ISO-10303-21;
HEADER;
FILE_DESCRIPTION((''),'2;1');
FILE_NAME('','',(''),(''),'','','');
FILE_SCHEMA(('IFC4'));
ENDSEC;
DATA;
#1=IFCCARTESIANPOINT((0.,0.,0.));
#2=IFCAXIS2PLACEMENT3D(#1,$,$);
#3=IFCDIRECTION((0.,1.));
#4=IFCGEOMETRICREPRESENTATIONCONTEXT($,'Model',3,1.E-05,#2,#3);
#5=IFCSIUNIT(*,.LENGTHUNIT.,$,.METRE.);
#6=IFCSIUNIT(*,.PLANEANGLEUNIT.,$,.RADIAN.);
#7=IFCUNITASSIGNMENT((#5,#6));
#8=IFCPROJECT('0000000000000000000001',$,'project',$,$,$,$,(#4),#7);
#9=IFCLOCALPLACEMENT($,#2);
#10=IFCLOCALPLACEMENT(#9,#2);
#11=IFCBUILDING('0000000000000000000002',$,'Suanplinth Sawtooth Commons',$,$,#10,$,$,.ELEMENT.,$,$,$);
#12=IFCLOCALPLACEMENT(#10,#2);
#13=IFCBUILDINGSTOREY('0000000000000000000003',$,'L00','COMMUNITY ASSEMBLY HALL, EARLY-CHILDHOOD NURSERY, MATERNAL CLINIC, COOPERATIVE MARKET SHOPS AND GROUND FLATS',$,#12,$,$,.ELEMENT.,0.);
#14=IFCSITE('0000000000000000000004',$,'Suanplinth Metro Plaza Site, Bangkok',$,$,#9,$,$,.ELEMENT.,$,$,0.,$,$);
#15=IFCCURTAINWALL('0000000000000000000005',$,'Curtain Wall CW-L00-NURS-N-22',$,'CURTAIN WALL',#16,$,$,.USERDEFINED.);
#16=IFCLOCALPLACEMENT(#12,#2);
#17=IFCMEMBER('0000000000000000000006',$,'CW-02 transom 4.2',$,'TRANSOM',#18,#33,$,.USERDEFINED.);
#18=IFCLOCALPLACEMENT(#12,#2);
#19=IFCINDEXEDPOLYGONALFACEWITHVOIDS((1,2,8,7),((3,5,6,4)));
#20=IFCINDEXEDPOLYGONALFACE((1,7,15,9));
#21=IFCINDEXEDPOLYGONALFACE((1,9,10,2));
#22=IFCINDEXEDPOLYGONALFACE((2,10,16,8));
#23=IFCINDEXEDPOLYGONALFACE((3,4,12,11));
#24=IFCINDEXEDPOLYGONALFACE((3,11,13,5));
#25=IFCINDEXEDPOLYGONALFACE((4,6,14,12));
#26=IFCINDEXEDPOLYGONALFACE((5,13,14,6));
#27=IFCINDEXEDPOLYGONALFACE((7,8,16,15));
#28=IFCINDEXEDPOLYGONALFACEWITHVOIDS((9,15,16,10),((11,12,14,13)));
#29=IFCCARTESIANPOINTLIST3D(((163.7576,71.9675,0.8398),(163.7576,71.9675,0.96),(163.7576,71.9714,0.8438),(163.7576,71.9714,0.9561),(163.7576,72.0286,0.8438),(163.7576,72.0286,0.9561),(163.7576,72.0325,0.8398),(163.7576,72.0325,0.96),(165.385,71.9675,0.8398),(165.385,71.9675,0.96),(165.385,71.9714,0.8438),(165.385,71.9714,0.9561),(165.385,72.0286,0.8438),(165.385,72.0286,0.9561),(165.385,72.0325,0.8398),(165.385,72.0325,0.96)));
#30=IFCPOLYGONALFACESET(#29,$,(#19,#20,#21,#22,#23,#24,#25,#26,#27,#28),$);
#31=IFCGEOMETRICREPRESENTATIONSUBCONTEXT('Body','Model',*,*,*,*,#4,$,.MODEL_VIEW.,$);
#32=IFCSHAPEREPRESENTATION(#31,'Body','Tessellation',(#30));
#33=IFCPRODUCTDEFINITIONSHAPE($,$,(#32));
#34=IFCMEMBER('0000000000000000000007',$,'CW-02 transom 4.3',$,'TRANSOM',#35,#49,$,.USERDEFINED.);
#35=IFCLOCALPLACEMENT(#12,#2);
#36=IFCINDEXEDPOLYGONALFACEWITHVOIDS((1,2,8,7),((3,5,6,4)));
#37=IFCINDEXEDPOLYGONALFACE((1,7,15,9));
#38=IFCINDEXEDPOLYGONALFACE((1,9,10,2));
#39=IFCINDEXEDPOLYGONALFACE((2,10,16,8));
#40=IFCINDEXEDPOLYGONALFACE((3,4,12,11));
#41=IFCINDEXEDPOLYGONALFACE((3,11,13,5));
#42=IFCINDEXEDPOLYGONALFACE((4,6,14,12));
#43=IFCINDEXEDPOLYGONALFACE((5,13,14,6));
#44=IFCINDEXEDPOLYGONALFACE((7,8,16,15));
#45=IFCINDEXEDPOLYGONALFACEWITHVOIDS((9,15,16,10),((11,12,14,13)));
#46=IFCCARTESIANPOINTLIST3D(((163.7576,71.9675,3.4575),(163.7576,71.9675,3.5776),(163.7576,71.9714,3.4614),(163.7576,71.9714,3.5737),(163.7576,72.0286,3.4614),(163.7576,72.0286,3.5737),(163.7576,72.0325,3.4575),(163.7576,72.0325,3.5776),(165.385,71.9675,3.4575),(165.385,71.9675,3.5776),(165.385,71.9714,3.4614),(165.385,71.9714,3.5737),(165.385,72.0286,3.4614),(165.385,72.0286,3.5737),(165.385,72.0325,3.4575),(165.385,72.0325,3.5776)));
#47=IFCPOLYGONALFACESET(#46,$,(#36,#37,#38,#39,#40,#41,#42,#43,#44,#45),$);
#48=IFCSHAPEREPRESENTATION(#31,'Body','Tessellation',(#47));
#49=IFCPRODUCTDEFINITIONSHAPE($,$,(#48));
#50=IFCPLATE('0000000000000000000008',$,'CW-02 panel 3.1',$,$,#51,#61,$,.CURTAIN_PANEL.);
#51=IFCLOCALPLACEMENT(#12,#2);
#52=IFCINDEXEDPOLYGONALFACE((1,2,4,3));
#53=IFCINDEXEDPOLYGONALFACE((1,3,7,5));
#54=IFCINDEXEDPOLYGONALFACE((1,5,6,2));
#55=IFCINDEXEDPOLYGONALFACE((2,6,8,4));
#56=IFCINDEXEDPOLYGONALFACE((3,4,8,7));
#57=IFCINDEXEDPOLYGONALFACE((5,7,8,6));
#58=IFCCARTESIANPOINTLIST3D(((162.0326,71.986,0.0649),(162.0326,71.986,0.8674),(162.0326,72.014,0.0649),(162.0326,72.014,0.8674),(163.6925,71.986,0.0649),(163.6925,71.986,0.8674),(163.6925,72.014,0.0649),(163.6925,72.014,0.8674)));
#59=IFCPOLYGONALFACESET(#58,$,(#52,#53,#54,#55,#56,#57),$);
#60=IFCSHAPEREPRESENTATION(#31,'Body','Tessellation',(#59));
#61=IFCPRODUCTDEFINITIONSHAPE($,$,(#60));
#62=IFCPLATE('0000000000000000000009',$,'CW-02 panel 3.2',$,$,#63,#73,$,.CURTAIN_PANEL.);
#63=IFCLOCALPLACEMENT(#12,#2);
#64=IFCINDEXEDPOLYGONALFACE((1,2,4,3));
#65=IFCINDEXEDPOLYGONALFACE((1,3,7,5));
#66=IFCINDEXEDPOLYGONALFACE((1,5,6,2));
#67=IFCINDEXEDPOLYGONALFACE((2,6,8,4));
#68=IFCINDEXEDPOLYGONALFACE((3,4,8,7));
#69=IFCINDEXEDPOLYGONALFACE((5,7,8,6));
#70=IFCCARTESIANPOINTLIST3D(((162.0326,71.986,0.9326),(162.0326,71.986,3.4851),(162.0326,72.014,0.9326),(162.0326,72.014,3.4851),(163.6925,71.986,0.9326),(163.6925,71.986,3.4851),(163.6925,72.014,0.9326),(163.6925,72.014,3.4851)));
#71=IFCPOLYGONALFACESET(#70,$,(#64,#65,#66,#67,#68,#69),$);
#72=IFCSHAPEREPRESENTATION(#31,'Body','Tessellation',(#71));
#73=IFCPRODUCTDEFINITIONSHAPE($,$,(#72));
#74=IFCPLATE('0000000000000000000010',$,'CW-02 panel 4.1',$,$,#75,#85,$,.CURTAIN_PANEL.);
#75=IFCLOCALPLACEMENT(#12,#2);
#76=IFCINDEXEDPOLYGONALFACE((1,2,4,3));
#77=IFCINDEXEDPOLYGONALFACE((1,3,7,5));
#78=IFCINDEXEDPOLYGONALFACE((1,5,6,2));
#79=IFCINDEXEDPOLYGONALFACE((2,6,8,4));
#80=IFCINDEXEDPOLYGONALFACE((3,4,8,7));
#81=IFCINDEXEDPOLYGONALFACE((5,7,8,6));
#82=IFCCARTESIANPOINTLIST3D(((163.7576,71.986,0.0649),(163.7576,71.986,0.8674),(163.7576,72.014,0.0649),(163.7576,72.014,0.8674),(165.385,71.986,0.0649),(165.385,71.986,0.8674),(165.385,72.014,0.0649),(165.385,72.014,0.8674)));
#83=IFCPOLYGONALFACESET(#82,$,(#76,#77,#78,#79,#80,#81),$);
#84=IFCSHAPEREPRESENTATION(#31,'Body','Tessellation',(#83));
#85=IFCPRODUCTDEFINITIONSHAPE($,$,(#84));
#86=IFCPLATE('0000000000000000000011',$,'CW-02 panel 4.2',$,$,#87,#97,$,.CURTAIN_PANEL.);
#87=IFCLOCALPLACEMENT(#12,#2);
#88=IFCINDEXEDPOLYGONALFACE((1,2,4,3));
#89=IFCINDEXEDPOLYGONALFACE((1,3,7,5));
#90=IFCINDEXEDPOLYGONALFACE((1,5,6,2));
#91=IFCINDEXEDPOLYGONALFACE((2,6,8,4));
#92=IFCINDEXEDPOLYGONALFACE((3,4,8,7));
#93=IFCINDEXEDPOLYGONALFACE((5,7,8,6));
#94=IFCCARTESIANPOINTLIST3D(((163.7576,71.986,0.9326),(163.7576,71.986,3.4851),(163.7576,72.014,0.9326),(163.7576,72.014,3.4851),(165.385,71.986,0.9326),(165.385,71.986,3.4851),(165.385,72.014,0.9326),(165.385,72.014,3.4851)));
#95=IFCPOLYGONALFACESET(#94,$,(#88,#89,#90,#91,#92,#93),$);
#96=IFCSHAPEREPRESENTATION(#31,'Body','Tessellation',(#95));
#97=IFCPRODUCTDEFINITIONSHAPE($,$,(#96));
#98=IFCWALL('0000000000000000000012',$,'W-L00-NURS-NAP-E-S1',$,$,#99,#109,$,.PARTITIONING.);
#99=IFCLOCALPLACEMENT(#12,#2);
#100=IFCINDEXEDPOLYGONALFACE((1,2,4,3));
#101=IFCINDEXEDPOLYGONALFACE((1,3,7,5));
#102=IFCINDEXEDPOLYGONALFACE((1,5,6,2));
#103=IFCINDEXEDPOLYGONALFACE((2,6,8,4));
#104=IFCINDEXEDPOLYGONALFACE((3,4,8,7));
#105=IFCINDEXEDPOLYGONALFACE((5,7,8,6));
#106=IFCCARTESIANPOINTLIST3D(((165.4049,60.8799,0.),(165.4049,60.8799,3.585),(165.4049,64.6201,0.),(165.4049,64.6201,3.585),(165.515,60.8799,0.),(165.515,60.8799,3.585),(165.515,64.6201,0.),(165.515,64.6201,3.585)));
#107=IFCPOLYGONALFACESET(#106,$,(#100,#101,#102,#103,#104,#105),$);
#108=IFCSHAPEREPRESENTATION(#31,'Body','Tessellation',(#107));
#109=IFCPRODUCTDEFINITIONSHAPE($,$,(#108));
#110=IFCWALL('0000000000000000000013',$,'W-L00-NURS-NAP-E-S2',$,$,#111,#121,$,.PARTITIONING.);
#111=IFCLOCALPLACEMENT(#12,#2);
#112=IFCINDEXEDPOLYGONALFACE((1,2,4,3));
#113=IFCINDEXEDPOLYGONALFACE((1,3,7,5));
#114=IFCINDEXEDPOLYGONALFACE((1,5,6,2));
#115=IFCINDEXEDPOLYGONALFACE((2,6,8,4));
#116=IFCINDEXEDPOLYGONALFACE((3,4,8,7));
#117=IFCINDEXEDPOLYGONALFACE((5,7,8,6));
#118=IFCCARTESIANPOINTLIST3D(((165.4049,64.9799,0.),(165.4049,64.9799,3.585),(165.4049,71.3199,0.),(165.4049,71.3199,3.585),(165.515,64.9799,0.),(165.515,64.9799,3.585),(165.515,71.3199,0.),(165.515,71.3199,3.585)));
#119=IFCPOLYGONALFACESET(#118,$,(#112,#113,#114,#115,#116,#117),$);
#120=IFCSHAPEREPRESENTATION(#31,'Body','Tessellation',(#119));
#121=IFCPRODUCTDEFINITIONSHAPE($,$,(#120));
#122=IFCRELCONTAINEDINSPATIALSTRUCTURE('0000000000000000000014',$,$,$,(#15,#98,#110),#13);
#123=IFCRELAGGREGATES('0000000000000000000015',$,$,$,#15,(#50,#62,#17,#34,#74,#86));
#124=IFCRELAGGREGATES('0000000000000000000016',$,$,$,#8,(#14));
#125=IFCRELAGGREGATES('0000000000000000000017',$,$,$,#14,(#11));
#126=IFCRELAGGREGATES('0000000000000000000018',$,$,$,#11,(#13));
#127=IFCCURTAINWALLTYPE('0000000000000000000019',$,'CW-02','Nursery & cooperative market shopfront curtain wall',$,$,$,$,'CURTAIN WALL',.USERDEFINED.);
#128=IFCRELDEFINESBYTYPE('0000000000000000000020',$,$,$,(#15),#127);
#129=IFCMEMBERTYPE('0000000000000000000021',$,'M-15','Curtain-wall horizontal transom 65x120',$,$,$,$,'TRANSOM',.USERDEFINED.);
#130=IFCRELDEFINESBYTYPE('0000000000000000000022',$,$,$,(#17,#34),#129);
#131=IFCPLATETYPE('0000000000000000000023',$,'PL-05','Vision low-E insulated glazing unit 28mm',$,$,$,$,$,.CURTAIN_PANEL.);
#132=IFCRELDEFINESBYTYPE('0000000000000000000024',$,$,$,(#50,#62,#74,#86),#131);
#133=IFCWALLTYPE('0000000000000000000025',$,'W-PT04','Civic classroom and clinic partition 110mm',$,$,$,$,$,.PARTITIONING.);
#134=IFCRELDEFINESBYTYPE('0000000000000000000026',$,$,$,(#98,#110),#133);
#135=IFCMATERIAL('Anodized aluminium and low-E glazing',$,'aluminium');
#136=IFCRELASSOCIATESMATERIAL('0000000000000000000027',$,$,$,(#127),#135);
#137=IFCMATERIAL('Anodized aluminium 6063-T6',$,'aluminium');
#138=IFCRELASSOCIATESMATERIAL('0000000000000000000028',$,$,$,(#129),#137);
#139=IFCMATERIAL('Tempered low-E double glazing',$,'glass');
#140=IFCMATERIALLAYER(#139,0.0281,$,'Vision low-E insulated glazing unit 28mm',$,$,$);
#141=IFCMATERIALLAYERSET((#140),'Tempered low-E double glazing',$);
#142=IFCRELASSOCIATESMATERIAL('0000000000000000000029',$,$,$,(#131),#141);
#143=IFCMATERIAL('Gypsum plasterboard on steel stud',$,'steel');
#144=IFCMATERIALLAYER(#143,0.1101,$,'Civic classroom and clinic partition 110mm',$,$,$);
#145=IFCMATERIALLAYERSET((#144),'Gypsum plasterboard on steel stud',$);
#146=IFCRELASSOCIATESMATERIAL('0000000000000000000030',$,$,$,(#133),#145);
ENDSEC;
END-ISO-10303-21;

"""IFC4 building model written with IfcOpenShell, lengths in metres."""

from ifc_helpers import new_model, si_unit, direction, frame, frame_2d, origin, origin_2d, place, context, subcontext, project, spatial, rectangle, hollow_rectangle, extrude, material, layer, layer_set, material_profile, profile_set, type_object, element, aggregate, save


model = new_model("IFC4")

# Units and contexts
model_context = context("Model", 3, precision=1e-05, world=origin(), true_north=direction((0.0, 1.0)))
body_context = subcontext(model_context, "Body", "Model", "MODEL_VIEW")
ifc_project = project(units=[si_unit("LENGTHUNIT", "METRE"), si_unit("PLANEANGLEUNIT", "RADIAN")], contexts=[model_context])

# Site, building, storey
site_placement = place(None, origin())
site = spatial("IfcSite", under=ifc_project, at=site_placement, Name="Suanplinth Metro Plaza Site, Bangkok", CompositionType="ELEMENT", RefElevation=0.0)
building_placement = place(site_placement, origin())
building = spatial("IfcBuilding", under=site, at=building_placement, Name="Suanplinth Sawtooth Commons", CompositionType="ELEMENT")
storey_placement = place(building_placement, origin())
storey = spatial("IfcBuildingStorey", under=building, at=storey_placement, Name="L00", Description="COMMUNITY ASSEMBLY HALL, EARLY-CHILDHOOD NURSERY, MATERNAL CLINIC, COOPERATIVE MARKET SHOPS AND GROUND FLATS", CompositionType="ELEMENT", Elevation=0.0)

# Curtain wall, members, plates
ifc_material_1 = material(Name="Anodized aluminium and low-E glazing", Category="aluminium")
curtain_wall_type = type_object("IfcCurtainWallType", Name="CW-02", Description="Nursery & cooperative market shopfront curtain wall", ElementType="CURTAIN WALL", PredefinedType="USERDEFINED", material=ifc_material_1)
curtain_wall_placement = place(storey_placement, origin())
curtain_wall = element("IfcCurtainWall", 1, at=curtain_wall_placement, inside=storey, type_object=curtain_wall_type, Name="Curtain Wall CW-L00-NURS-N-22", ObjectType="CURTAIN WALL", PredefinedType="USERDEFINED")
ifc_material_2 = material(Name="Anodized aluminium 6063-T6", Category="aluminium")
ifc_material_profile_1 = material_profile(ifc_material_2, hollow_rectangle(XDim=0.0649, YDim=0.1201, WallThickness=0.0039, at=origin_2d()), Name="ALU-TRN 65x120")
ifc_profile_set_1 = profile_set([ifc_material_profile_1], Name="Anodized aluminium 6063-T6")
member_type_1 = type_object("IfcMemberType", Name="M-15", Description="Curtain-wall horizontal transom 65x120", ElementType="TRANSOM", PredefinedType="USERDEFINED", material=ifc_profile_set_1)
member_1_placement = place(storey_placement, frame((163.7576, 72.0, 0.8999), z_axis=(1.0, 0.0, 0.0), x_axis=(0.0, 1.0, 0.0)))
member_1 = element("IfcMember", 2, at=member_1_placement, type_object=member_type_1, Name="CW-02 transom 4.2", ObjectType="TRANSOM", PredefinedType="USERDEFINED", context=body_context, shape_type="SweptSolid", body=[
    extrude(hollow_rectangle(XDim=0.0649, YDim=0.1201, WallThickness=0.0039, at=origin_2d()), origin(), (0.0, 0.0, 1.0), 1.6274),
])
member_2_placement = place(storey_placement, frame((163.7576, 72.0, 3.5176), z_axis=(1.0, 0.0, 0.0), x_axis=(0.0, 1.0, 0.0)))
member_2 = element("IfcMember", 3, at=member_2_placement, type_object=member_type_1, Name="CW-02 transom 4.3", ObjectType="TRANSOM", PredefinedType="USERDEFINED", context=body_context, shape_type="SweptSolid", body=[
    extrude(hollow_rectangle(XDim=0.0649, YDim=0.1201, WallThickness=0.0039, at=origin_2d()), origin(), (0.0, 0.0, 1.0), 1.6274),
])
ifc_material_3 = material(Name="Tempered low-E double glazing", Category="glass")
ifc_layer_1 = layer(ifc_material_3, 0.0281, Name="Vision low-E insulated glazing unit 28mm")
ifc_layer_set_1 = layer_set([ifc_layer_1], Name="Tempered low-E double glazing")
plate_type = type_object("IfcPlateType", Name="PL-05", Description="Vision low-E insulated glazing unit 28mm", PredefinedType="CURTAIN_PANEL", material=ifc_layer_set_1)
plate_1_placement = place(storey_placement, frame((162.8625, 72.0, 0.0649), z_axis=(0.0, 0.0, 1.0), x_axis=(1.0, 0.0, 0.0)))
plate_1 = element("IfcPlate", 4, at=plate_1_placement, type_object=plate_type, Name="CW-02 panel 3.1", PredefinedType="CURTAIN_PANEL", context=body_context, shape_type="SweptSolid", body=[
    extrude(rectangle(XDim=1.6599, YDim=0.0281, at=origin_2d()), origin(), (0.0, 0.0, 1.0), 0.8025),
])
plate_2_placement = place(storey_placement, frame((162.8625, 72.0, 0.9326), z_axis=(0.0, 0.0, 1.0), x_axis=(1.0, 0.0, 0.0)))
plate_2 = element("IfcPlate", 5, at=plate_2_placement, type_object=plate_type, Name="CW-02 panel 3.2", PredefinedType="CURTAIN_PANEL", context=body_context, shape_type="SweptSolid", body=[
    extrude(rectangle(XDim=1.6599, YDim=0.0281, at=origin_2d()), origin(), (0.0, 0.0, 1.0), 2.5525),
])
plate_3_placement = place(storey_placement, frame((164.5713, 72.0, 0.0649), z_axis=(0.0, 0.0, 1.0), x_axis=(1.0, 0.0, 0.0)))
plate_3 = element("IfcPlate", 6, at=plate_3_placement, type_object=plate_type, Name="CW-02 panel 4.1", PredefinedType="CURTAIN_PANEL", context=body_context, shape_type="SweptSolid", body=[
    extrude(rectangle(XDim=1.6274, YDim=0.0281, at=origin_2d()), origin(), (0.0, 0.0, 1.0), 0.8025),
])
plate_4_placement = place(storey_placement, frame((164.5713, 72.0, 0.9326), z_axis=(0.0, 0.0, 1.0), x_axis=(1.0, 0.0, 0.0)))
plate_4 = element("IfcPlate", 7, at=plate_4_placement, type_object=plate_type, Name="CW-02 panel 4.2", PredefinedType="CURTAIN_PANEL", context=body_context, shape_type="SweptSolid", body=[
    extrude(rectangle(XDim=1.6274, YDim=0.0281, at=origin_2d()), origin(), (0.0, 0.0, 1.0), 2.5525),
])
aggregate(curtain_wall, [plate_1, plate_2, member_1, member_2, plate_3, plate_4])

# Walls
ifc_material_4 = material(Name="Gypsum plasterboard on steel stud", Category="steel")
ifc_layer_2 = layer(ifc_material_4, 0.1101, Name="Civic classroom and clinic partition 110mm")
ifc_layer_set_2 = layer_set([ifc_layer_2], Name="Gypsum plasterboard on steel stud")
wall_type = type_object("IfcWallType", Name="W-PT04", Description="Civic classroom and clinic partition 110mm", PredefinedType="PARTITIONING", material=ifc_layer_set_2)
wall_1_placement = place(storey_placement, frame((165.46, 60.8799, 0.0), z_axis=(0.0, 0.0, 1.0), x_axis=(0.0, 1.0, 0.0)))
element("IfcWall", 8, at=wall_1_placement, inside=storey, type_object=wall_type, Name="W-L00-NURS-NAP-E-S1", PredefinedType="PARTITIONING", context=body_context, shape_type="SweptSolid", body=[
    extrude(rectangle(XDim=3.7402, YDim=0.1101, at=frame_2d((1.8701, 0.0))), origin(), (0.0, 0.0, 1.0), 3.585),
])
wall_2_placement = place(storey_placement, frame((165.46, 64.98, 0.0), z_axis=(0.0, 0.0, 1.0), x_axis=(0.0, 1.0, 0.0)))
element("IfcWall", 9, at=wall_2_placement, inside=storey, type_object=wall_type, Name="W-L00-NURS-NAP-E-S2", PredefinedType="PARTITIONING", context=body_context, shape_type="SweptSolid", body=[
    extrude(rectangle(XDim=6.3401, YDim=0.1101, at=frame_2d((3.1699, 0.0))), origin(), (0.0, 0.0, 1.0), 3.585),
])

save(model, "model.ifc")
